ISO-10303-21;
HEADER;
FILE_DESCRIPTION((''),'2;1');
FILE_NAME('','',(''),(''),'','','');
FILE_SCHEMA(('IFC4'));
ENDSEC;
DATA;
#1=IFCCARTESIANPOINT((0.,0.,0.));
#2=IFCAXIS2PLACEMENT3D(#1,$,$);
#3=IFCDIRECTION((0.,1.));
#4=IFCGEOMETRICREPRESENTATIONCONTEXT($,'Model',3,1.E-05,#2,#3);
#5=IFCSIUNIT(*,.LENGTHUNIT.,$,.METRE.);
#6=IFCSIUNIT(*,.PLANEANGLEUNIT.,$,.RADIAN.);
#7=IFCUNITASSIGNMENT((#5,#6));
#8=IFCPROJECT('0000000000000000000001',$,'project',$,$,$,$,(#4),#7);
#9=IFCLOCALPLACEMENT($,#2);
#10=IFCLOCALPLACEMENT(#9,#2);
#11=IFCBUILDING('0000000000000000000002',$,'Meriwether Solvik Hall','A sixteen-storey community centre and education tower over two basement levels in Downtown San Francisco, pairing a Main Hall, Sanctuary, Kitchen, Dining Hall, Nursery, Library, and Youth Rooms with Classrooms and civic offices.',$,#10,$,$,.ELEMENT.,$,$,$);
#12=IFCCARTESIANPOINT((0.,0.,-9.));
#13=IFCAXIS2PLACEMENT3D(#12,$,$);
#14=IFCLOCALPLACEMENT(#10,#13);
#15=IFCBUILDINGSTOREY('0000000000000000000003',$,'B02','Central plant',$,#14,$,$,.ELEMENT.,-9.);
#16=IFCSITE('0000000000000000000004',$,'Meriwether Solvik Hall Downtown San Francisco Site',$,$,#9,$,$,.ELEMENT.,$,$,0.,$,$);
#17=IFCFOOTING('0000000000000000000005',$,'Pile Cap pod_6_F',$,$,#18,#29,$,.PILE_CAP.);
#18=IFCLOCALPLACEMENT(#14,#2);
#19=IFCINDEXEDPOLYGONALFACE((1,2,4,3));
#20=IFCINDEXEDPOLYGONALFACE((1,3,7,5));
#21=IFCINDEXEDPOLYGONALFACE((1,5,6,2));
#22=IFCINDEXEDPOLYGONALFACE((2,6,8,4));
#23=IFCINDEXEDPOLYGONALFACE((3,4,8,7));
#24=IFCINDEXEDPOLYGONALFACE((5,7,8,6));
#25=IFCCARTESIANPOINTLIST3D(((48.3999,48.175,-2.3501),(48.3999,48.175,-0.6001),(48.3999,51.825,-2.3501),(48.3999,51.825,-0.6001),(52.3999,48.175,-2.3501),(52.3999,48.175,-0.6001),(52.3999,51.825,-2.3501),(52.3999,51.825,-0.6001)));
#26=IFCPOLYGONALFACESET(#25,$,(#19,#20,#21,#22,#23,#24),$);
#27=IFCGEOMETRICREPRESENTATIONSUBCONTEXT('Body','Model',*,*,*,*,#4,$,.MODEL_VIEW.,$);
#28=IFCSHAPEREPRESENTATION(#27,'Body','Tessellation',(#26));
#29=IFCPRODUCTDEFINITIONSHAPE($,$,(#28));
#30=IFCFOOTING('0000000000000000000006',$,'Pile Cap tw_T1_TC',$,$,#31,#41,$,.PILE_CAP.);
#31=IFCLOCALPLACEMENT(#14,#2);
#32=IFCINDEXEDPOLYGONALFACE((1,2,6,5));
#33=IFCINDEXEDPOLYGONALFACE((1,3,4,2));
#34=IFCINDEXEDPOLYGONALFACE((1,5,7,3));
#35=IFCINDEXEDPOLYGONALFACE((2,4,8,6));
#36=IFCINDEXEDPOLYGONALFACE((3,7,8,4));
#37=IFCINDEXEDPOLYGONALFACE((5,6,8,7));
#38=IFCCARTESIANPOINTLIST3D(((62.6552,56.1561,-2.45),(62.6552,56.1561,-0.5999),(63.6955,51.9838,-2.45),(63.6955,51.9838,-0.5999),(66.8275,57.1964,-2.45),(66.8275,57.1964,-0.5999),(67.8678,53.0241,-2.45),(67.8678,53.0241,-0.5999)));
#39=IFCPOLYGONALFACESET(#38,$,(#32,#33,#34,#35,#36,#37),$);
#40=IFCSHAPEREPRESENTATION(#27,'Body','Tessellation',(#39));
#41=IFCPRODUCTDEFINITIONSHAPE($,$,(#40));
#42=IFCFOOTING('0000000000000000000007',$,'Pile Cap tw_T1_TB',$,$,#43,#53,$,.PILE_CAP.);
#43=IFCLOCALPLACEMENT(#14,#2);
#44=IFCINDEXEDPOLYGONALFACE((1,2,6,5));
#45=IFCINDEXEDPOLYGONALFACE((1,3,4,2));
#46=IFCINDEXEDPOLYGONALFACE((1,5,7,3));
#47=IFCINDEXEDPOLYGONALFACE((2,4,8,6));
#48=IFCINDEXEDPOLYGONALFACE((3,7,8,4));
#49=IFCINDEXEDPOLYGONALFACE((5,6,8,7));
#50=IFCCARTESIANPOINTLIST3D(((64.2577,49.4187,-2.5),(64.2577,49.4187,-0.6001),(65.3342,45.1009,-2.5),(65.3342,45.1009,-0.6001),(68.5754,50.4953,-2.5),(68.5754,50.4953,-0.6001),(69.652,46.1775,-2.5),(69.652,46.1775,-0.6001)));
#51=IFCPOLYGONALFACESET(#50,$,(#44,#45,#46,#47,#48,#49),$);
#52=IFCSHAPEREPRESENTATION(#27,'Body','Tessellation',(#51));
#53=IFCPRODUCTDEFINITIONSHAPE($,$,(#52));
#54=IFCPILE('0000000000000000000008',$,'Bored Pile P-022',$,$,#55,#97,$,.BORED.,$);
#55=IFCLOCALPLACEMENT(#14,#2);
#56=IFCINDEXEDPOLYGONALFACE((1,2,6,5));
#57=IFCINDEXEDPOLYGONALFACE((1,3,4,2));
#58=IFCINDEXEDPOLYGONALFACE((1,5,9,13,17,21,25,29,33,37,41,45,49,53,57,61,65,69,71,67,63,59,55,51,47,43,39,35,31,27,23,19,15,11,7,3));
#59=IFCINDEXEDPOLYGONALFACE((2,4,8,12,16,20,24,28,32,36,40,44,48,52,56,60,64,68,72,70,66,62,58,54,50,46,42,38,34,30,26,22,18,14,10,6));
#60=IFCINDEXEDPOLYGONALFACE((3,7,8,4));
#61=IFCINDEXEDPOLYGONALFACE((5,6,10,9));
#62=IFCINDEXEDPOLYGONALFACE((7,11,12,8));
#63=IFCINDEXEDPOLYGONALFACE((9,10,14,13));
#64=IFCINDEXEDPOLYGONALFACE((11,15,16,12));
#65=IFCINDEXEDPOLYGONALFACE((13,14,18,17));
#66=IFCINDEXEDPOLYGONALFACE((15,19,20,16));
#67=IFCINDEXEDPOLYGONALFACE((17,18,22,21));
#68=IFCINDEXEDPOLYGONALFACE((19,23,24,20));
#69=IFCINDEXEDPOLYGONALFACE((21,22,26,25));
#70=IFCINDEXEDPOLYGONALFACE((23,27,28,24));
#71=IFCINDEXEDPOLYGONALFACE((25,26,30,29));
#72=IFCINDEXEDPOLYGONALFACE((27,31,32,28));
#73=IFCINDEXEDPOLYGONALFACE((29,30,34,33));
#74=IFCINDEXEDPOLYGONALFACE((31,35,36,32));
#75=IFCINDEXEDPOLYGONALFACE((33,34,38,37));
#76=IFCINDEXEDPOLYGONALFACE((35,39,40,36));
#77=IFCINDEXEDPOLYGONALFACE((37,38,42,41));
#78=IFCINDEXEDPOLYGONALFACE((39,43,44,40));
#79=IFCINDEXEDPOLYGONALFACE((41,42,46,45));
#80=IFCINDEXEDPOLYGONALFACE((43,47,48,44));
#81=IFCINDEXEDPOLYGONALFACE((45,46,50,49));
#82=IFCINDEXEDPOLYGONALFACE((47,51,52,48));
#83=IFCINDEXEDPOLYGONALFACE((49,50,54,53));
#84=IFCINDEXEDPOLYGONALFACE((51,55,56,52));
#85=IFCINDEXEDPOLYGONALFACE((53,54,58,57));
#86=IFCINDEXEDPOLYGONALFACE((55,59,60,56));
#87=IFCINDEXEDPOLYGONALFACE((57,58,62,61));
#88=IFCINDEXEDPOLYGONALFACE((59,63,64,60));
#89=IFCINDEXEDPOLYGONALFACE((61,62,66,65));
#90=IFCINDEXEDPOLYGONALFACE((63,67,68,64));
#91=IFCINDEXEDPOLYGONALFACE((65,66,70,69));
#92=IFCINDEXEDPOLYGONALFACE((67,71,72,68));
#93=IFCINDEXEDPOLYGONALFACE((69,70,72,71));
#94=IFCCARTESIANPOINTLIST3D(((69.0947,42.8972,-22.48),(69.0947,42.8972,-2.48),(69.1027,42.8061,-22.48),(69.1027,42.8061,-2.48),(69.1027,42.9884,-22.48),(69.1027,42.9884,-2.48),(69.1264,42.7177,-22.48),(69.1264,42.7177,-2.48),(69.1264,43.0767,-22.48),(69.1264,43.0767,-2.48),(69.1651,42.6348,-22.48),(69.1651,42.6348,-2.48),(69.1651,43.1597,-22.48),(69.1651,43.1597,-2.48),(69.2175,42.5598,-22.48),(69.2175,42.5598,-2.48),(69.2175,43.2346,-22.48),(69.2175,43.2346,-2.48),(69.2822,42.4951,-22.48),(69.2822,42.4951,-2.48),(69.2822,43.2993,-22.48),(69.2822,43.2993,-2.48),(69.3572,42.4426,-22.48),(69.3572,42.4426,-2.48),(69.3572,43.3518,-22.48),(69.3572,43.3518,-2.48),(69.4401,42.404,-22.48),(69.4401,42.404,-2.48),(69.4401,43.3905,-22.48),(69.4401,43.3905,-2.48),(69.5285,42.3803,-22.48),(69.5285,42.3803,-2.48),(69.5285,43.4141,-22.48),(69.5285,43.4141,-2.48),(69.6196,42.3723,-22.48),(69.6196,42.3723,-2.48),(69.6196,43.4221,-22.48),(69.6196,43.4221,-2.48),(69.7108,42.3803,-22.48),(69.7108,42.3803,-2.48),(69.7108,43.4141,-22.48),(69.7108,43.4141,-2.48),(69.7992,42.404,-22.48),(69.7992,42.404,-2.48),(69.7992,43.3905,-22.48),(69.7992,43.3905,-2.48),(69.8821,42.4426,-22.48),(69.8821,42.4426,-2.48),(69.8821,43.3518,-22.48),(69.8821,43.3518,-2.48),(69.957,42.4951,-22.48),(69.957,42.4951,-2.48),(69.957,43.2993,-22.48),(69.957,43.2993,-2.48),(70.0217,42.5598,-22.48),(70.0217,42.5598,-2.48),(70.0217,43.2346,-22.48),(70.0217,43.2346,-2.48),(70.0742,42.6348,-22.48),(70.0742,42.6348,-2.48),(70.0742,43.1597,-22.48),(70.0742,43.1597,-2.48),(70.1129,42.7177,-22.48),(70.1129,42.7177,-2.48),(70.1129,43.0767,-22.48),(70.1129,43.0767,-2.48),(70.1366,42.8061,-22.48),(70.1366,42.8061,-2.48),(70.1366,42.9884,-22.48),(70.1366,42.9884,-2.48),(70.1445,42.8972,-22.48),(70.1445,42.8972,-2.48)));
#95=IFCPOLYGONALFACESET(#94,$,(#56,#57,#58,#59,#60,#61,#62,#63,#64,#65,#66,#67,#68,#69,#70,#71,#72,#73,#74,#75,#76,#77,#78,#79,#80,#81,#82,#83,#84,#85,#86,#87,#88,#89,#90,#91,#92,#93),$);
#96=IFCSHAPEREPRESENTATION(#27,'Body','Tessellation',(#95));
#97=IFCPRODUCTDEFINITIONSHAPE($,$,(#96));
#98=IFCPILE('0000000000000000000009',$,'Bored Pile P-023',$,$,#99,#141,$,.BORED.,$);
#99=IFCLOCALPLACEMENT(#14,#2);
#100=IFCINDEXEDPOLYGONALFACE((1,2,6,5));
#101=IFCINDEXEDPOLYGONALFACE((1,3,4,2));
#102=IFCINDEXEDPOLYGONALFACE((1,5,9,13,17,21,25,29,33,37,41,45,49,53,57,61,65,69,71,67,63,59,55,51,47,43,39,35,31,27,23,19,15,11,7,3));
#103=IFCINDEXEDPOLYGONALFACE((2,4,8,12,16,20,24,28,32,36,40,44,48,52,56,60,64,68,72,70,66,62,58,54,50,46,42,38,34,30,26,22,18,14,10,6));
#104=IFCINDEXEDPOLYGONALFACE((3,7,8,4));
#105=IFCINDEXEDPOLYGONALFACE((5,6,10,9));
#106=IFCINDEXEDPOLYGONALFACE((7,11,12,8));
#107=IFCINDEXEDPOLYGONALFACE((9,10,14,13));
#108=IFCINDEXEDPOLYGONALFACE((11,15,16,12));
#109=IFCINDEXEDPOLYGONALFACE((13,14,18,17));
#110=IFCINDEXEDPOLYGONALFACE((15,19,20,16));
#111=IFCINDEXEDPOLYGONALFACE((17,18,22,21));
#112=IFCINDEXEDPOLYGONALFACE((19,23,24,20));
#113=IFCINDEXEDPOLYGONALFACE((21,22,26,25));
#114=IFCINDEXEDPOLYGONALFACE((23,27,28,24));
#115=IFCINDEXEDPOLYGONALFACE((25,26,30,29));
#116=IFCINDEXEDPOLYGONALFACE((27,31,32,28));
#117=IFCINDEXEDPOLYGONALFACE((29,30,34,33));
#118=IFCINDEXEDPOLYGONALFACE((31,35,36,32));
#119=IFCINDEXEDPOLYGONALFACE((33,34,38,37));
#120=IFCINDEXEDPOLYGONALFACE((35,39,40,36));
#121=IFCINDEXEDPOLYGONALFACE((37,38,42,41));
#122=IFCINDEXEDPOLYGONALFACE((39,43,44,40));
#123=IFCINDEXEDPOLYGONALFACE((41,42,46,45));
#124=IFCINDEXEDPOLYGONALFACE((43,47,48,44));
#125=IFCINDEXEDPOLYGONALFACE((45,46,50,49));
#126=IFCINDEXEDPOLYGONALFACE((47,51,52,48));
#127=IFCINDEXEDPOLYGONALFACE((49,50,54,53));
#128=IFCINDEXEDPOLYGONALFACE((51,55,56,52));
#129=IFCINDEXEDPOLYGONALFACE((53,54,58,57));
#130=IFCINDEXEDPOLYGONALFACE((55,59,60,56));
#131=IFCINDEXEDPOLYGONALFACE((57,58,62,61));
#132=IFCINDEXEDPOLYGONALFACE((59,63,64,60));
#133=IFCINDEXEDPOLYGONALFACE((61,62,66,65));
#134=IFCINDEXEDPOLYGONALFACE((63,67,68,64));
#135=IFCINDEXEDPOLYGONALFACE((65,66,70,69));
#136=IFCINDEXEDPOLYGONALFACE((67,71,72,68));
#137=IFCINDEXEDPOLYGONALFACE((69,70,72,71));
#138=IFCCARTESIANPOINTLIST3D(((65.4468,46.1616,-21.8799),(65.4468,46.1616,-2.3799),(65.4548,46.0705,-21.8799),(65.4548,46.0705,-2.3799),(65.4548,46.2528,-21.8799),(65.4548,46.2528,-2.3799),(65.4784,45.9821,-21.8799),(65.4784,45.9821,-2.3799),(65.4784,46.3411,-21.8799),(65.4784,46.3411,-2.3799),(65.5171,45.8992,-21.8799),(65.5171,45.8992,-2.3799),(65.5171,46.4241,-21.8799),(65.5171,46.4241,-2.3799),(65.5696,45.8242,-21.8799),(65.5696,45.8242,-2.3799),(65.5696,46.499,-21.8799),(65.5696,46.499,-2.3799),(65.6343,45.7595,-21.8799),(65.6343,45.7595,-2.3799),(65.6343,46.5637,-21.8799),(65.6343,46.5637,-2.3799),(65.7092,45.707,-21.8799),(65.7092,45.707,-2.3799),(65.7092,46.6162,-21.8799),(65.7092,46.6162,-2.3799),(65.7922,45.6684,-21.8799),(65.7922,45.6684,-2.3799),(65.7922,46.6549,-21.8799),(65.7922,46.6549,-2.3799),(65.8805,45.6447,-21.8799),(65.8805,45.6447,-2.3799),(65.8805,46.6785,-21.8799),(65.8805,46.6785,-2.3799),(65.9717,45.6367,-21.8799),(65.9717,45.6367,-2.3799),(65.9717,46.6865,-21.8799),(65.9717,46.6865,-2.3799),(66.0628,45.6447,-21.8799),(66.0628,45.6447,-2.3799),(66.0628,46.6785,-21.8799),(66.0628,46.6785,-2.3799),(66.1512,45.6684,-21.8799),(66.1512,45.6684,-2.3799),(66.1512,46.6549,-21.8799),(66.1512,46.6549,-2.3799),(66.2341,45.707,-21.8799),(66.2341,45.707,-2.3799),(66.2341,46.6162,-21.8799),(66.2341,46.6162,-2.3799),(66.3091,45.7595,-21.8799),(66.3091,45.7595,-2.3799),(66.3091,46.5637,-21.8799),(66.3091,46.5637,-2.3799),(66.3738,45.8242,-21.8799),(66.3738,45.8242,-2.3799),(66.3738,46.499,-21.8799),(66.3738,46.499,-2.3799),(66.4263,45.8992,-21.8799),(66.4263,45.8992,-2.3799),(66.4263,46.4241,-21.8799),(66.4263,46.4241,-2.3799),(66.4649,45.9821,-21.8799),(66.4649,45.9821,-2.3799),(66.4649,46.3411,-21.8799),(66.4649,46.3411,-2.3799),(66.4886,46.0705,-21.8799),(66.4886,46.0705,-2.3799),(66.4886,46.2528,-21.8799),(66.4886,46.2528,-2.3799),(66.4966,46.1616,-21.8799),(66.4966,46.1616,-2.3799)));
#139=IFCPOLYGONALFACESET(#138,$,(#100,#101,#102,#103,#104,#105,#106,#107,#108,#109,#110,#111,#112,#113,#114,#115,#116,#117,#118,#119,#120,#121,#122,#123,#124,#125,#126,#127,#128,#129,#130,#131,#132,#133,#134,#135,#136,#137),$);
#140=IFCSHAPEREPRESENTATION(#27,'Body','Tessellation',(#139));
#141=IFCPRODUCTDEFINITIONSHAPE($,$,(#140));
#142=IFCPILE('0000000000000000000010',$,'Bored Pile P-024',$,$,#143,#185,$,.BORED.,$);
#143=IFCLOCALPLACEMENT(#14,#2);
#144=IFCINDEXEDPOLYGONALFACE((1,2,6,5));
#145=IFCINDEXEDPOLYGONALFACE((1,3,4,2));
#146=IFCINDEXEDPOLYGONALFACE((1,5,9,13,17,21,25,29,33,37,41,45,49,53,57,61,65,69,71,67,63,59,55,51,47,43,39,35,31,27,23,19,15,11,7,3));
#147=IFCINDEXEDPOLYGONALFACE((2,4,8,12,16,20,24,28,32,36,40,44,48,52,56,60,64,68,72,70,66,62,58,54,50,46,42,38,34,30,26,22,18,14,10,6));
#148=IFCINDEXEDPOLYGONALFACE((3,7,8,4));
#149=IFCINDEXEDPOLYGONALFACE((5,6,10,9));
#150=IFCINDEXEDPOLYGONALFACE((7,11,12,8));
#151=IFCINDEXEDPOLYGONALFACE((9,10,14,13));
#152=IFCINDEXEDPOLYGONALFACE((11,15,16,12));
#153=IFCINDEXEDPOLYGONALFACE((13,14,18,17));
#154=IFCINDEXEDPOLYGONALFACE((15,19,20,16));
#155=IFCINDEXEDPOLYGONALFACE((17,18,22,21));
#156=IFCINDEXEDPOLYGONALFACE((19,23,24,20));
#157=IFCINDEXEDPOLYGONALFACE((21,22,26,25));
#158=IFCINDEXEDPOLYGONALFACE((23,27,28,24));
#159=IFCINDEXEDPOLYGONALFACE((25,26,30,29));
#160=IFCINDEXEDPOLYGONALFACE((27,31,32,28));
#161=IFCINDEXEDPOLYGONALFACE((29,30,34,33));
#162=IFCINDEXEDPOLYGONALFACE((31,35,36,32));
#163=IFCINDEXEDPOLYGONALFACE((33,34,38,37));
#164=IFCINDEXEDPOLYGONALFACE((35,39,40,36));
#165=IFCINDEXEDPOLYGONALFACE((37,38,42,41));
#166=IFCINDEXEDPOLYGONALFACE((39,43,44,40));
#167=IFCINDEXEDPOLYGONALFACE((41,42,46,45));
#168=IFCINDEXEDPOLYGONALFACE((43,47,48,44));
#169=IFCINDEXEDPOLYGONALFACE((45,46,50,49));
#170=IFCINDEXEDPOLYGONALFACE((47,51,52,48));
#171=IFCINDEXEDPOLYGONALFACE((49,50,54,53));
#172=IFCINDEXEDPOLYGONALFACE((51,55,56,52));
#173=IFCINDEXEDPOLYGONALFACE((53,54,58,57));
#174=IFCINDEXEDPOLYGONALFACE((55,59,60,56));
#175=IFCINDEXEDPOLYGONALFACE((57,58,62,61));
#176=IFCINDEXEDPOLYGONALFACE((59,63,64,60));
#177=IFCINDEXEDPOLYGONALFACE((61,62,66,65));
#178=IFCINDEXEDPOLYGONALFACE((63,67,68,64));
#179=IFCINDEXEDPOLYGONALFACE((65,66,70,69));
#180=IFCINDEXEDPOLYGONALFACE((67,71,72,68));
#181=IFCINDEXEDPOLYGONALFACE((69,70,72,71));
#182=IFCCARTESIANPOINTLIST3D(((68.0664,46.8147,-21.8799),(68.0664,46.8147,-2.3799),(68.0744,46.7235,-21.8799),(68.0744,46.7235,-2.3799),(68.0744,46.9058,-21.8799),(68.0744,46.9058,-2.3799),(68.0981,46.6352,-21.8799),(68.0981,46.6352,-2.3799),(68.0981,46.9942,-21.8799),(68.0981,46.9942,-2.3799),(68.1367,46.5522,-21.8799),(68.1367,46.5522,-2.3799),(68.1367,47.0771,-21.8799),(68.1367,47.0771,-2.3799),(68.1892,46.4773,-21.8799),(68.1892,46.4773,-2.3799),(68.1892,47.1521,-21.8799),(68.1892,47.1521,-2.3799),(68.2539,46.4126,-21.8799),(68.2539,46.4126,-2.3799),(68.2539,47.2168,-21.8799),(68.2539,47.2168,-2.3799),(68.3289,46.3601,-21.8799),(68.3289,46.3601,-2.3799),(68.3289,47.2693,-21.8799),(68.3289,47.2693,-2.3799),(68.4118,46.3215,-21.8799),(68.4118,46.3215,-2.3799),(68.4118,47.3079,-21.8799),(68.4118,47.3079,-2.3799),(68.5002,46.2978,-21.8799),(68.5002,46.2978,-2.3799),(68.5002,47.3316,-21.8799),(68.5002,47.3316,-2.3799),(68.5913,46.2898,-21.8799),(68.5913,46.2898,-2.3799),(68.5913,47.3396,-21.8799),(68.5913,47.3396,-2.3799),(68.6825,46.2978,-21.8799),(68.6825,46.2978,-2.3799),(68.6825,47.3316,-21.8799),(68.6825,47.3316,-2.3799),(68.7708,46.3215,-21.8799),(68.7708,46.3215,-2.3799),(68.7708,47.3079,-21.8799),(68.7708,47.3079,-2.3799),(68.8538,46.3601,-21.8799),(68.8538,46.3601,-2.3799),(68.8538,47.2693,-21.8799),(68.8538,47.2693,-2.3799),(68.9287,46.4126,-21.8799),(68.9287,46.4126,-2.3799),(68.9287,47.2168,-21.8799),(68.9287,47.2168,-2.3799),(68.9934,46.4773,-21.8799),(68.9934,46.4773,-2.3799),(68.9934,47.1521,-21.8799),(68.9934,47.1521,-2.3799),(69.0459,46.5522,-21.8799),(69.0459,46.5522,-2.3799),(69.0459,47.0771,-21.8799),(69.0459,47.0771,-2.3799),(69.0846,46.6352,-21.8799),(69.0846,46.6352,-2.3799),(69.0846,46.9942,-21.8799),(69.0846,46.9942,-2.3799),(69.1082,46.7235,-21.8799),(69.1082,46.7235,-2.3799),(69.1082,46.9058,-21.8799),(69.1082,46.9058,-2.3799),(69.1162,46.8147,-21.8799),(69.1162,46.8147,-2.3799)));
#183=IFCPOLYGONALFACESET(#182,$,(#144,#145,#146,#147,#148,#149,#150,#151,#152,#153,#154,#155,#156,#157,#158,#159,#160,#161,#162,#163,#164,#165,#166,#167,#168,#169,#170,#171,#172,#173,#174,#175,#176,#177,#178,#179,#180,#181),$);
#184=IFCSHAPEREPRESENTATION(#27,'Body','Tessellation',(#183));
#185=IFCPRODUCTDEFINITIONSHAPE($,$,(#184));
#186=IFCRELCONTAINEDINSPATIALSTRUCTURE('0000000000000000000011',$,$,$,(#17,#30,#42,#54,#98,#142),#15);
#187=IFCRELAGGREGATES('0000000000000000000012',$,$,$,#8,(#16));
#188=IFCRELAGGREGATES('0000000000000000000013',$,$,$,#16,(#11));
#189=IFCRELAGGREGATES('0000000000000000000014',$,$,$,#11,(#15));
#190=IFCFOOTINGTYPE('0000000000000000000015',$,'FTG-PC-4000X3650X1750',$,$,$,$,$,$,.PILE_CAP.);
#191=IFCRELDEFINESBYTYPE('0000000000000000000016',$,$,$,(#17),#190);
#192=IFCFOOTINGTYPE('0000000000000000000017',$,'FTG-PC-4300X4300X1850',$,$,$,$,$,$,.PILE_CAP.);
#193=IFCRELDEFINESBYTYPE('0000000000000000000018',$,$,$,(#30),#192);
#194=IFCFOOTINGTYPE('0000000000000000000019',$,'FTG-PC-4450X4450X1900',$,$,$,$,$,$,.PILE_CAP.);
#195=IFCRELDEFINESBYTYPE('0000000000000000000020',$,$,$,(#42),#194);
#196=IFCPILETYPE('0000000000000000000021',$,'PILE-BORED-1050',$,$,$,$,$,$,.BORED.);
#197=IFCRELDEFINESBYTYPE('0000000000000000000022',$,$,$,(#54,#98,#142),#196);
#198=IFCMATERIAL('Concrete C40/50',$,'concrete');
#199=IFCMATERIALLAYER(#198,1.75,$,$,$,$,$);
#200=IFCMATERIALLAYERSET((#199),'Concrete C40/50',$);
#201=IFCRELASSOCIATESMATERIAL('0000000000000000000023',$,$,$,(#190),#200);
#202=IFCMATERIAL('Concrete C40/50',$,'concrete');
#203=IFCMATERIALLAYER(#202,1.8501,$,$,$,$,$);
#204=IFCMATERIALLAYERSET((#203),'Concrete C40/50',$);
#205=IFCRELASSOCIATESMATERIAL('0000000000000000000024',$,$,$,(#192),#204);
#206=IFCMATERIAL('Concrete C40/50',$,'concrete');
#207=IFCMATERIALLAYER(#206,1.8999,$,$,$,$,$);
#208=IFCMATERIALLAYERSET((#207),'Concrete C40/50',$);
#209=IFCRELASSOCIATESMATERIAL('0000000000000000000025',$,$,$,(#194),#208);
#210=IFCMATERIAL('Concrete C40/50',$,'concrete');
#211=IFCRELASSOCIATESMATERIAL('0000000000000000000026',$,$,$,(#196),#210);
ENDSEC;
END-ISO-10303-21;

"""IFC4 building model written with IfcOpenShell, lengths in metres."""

from ifc_helpers import new_model, si_unit, direction, frame, origin, origin_2d, place, context, subcontext, project, spatial, rectangle, circle, extrude, material, layer, layer_set, material_profile, profile_set, type_object, element, save


model = new_model("IFC4")

# Units and contexts
model_context = context("Model", 3, precision=1e-05, world=origin(), true_north=direction((0.0, 1.0)))
body_context = subcontext(model_context, "Body", "Model", "MODEL_VIEW")
ifc_project = project(units=[si_unit("LENGTHUNIT", "METRE"), si_unit("PLANEANGLEUNIT", "RADIAN")], contexts=[model_context])

# Site, building, storey
site_placement = place(None, origin())
site = spatial("IfcSite", under=ifc_project, at=site_placement, Name="Meriwether Solvik Hall Downtown San Francisco Site", CompositionType="ELEMENT", RefElevation=0.0)
building_placement = place(site_placement, origin())
building = spatial("IfcBuilding", under=site, at=building_placement, Name="Meriwether Solvik Hall", Description="A sixteen-storey community centre and education tower over two basement levels in Downtown San Francisco, pairing a Main Hall, Sanctuary, Kitchen, Dining Hall, Nursery, Library, and Youth Rooms with Classrooms and civic offices.", CompositionType="ELEMENT")
storey_placement = place(building_placement, frame((0.0, 0.0, -9.0)))
storey = spatial("IfcBuildingStorey", under=building, at=storey_placement, Name="B02", Description="Central plant", CompositionType="ELEMENT", Elevation=-9.0)

# Footings
ifc_material_1 = material(Name="Concrete C40/50", Category="concrete")
ifc_layer_1 = layer(ifc_material_1, 1.75)
ifc_layer_set_1 = layer_set([ifc_layer_1], Name="Concrete C40/50")
footing_type_1 = type_object("IfcFootingType", Name="FTG-PC-4000X3650X1750", PredefinedType="PILE_CAP", material=ifc_layer_set_1)
footing_1_placement = place(storey_placement, frame((50.3999, 50.0, -2.3501), z_axis=(0.0, 0.0, 1.0), x_axis=(1.0, 0.0, 0.0)))
element("IfcFooting", 1, at=footing_1_placement, inside=storey, type_object=footing_type_1, Name="Pile Cap pod_6_F", PredefinedType="PILE_CAP", context=body_context, shape_type="SweptSolid", body=[
    extrude(rectangle(XDim=4.0, YDim=3.6499, at=origin_2d()), origin(), (0.0, 0.0, 1.0), 1.75),
])
ifc_material_2 = material(Name="Concrete C40/50", Category="concrete")
ifc_layer_2 = layer(ifc_material_2, 1.8501)
ifc_layer_set_2 = layer_set([ifc_layer_2], Name="Concrete C40/50")
footing_type_2 = type_object("IfcFootingType", Name="FTG-PC-4300X4300X1850", PredefinedType="PILE_CAP", material=ifc_layer_set_2)
footing_2_placement = place(storey_placement, frame((65.2615, 54.5901, -2.45), z_axis=(0.0, 0.0, 1.0), x_axis=(0.970296, 0.241922, 0.0)))
element("IfcFooting", 2, at=footing_2_placement, inside=storey, type_object=footing_type_2, Name="Pile Cap tw_T1_TC", PredefinedType="PILE_CAP", context=body_context, shape_type="SweptSolid", body=[
    extrude(rectangle(XDim=4.3, YDim=4.3, at=origin_2d()), origin(), (0.0, 0.0, 1.0), 1.8501),
])
ifc_material_3 = material(Name="Concrete C40/50", Category="concrete")
ifc_layer_3 = layer(ifc_material_3, 1.8999)
ifc_layer_set_3 = layer_set([ifc_layer_3], Name="Concrete C40/50")
footing_type_3 = type_object("IfcFootingType", Name="FTG-PC-4450X4450X1900", PredefinedType="PILE_CAP", material=ifc_layer_set_3)
footing_3_placement = place(storey_placement, frame((66.9548, 47.7981, -2.5), z_axis=(0.0, 0.0, 1.0), x_axis=(0.970296, 0.241922, 0.0)))
element("IfcFooting", 3, at=footing_3_placement, inside=storey, type_object=footing_type_3, Name="Pile Cap tw_T1_TB", PredefinedType="PILE_CAP", context=body_context, shape_type="SweptSolid", body=[
    extrude(rectangle(XDim=4.45, YDim=4.45, at=origin_2d()), origin(), (0.0, 0.0, 1.0), 1.8999),
])

# Piles
ifc_material_4 = material(Name="Concrete C40/50", Category="concrete")
ifc_material_profile_1 = material_profile(ifc_material_4, circle(Radius=0.5249, at=origin_2d()), Name="PILE-D1050")
ifc_profile_set_1 = profile_set([ifc_material_profile_1], Name="Concrete C40/50")
pile_type_1 = type_object("IfcPileType", Name="PILE-BORED-1050", PredefinedType="BORED", material=ifc_profile_set_1)
pile_1_placement = place(storey_placement, frame((69.6196, 42.8972, -2.48), z_axis=(0.0, 0.0, -1.0), x_axis=(1.0, 0.0, 0.0)))
element("IfcPile", 4, at=pile_1_placement, inside=storey, type_object=pile_type_1, Name="Bored Pile P-022", PredefinedType="BORED", context=body_context, shape_type="SweptSolid", body=[
    extrude(circle(Radius=0.5249, at=origin_2d()), origin(), (0.0, 0.0, 1.0), 20.0),
])
for number, where, z_axis, x_axis, name in (
    (5, (65.9717, 46.1616, -2.3799), (0.0, 0.0, -1.0), (1.0, 0.0, 0.0), "Bored Pile P-023"),
    (6, (68.5913, 46.8147, -2.3799), (0.0, 0.0, -1.0), (1.0, 0.0, 0.0), "Bored Pile P-024"),
):
    element("IfcPile", number, at=place(storey_placement, frame(where, z_axis=z_axis, x_axis=x_axis)), inside=storey, type_object=pile_type_1, Name=name, PredefinedType="BORED", context=body_context, shape_type="SweptSolid", body=[
        extrude(circle(Radius=0.5249, at=origin_2d()), origin(), (0.0, 0.0, 1.0), 19.5),
    ])

save(model, "model.ifc")
